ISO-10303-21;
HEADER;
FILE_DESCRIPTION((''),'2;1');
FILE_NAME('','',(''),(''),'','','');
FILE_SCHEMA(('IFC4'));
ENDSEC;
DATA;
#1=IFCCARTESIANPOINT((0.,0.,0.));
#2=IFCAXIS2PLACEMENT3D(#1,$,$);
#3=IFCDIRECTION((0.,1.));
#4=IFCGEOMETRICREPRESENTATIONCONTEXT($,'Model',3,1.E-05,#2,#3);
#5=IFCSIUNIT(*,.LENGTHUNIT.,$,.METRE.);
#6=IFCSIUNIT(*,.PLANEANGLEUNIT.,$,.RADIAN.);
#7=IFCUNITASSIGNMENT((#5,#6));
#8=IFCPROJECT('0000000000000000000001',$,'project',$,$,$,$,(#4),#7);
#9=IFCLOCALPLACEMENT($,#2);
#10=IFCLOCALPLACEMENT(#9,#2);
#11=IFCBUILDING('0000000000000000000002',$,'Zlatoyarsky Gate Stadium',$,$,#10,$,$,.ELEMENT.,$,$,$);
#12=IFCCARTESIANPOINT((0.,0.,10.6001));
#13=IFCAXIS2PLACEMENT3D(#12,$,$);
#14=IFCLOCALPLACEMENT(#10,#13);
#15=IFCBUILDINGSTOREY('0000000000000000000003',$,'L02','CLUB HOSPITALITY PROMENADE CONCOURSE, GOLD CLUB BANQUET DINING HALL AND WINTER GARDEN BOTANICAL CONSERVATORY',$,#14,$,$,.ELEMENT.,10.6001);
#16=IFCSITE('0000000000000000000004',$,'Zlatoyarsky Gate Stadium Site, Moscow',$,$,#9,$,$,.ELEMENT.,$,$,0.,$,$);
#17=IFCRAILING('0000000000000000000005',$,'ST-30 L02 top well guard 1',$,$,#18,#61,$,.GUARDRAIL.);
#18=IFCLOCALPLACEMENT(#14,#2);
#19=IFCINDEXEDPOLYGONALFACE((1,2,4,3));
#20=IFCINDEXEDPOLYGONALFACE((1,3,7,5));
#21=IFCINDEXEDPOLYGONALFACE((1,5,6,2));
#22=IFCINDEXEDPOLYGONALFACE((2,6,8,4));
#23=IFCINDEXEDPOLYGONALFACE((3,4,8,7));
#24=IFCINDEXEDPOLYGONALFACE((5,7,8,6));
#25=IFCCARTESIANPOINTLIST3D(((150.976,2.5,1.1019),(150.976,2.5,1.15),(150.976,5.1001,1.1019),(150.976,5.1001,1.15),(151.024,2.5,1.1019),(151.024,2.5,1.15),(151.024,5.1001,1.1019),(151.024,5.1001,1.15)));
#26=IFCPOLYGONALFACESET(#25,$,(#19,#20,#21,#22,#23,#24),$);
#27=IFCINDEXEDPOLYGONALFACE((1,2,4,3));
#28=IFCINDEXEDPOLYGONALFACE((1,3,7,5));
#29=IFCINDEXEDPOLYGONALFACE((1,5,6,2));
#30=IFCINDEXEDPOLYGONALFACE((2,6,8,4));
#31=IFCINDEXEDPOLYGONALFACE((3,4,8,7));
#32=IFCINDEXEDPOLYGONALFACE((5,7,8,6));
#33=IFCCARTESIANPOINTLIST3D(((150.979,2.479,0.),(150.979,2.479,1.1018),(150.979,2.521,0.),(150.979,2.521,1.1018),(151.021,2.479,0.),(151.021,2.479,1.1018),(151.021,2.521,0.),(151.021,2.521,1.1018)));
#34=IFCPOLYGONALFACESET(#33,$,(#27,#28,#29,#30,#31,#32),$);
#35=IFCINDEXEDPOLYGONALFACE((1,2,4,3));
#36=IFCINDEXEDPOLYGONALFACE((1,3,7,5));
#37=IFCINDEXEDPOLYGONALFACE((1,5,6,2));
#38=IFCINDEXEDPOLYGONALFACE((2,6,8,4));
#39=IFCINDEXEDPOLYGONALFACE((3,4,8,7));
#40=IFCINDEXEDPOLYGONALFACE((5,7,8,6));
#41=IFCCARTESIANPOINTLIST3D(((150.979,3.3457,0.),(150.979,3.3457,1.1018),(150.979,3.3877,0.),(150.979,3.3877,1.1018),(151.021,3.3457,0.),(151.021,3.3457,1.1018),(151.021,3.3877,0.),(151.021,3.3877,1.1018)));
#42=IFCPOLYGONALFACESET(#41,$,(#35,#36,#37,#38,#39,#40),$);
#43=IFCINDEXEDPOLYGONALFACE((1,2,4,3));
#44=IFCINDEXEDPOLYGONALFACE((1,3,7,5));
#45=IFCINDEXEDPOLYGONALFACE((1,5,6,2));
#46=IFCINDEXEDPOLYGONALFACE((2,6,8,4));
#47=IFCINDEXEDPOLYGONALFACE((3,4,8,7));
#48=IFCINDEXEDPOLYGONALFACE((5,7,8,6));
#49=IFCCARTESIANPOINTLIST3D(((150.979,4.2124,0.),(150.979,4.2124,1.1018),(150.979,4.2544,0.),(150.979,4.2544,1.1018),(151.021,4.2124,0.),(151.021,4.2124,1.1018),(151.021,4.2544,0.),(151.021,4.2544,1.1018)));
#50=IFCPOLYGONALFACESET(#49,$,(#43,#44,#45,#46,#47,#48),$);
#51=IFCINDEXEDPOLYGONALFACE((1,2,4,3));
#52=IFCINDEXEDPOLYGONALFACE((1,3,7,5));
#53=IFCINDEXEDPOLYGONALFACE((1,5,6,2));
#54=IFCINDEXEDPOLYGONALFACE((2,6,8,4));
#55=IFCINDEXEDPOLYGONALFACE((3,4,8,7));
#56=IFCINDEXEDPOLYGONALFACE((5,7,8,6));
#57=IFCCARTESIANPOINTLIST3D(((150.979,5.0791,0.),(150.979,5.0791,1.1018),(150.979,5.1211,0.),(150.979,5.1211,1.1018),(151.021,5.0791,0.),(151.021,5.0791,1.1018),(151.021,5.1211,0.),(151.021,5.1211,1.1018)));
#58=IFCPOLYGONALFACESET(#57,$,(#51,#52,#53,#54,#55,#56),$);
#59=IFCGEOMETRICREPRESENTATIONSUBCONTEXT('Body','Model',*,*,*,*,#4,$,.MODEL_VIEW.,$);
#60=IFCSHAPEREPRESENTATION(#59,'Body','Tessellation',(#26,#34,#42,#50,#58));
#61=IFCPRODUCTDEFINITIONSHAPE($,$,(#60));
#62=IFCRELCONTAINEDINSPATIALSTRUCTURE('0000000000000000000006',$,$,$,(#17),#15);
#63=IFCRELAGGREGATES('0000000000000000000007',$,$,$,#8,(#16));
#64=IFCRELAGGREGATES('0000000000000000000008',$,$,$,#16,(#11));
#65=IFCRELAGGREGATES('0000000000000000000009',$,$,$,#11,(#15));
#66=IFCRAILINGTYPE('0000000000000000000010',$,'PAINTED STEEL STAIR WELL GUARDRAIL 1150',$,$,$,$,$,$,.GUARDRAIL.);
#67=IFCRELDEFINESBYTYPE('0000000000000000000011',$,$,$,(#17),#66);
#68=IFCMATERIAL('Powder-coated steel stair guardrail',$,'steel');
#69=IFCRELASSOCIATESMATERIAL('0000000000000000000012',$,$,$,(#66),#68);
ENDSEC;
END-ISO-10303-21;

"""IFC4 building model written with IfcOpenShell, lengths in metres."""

from ifc_helpers import new_model, si_unit, direction, frame, origin, origin_2d, place, context, subcontext, project, spatial, rectangle, extrude, material, type_object, element, save


model = new_model("IFC4")

# Units and contexts
model_context = context("Model", 3, precision=1e-05, world=origin(), true_north=direction((0.0, 1.0)))
body_context = subcontext(model_context, "Body", "Model", "MODEL_VIEW")
ifc_project = project(units=[si_unit("LENGTHUNIT", "METRE"), si_unit("PLANEANGLEUNIT", "RADIAN")], contexts=[model_context])

# Site, building, storey
site_placement = place(None, origin())
site = spatial("IfcSite", under=ifc_project, at=site_placement, Name="Zlatoyarsky Gate Stadium Site, Moscow", CompositionType="ELEMENT", RefElevation=0.0)
building_placement = place(site_placement, origin())
building = spatial("IfcBuilding", under=site, at=building_placement, Name="Zlatoyarsky Gate Stadium", CompositionType="ELEMENT")
storey_placement = place(building_placement, frame((0.0, 0.0, 10.6001)))
storey = spatial("IfcBuildingStorey", under=building, at=storey_placement, Name="L02", Description="CLUB HOSPITALITY PROMENADE CONCOURSE, GOLD CLUB BANQUET DINING HALL AND WINTER GARDEN BOTANICAL CONSERVATORY", CompositionType="ELEMENT", Elevation=10.6001)

# Railing
ifc_material_1 = material(Name="Powder-coated steel stair guardrail", Category="steel")
railing_type = type_object("IfcRailingType", Name="PAINTED STEEL STAIR WELL GUARDRAIL 1150", PredefinedType="GUARDRAIL", material=ifc_material_1)
railing_placement = place(storey_placement, frame((151.0, 2.5, 0.0)))
element("IfcRailing", 1, at=railing_placement, inside=storey, type_object=railing_type, Name="ST-30 L02 top well guard 1", PredefinedType="GUARDRAIL", context=body_context, shape_type="SweptSolid", body=[
    extrude(rectangle(XDim=0.0481, YDim=0.0481, at=origin_2d()), frame((0.0, 0.0, 1.126), z_axis=(0.0, 1.0, 0.0), x_axis=(-1.0, 0.0, 0.0)), (0.0, 0.0, 1.0), 2.6001),
    extrude(rectangle(XDim=0.042, YDim=0.042, at=origin_2d()), origin(), (0.0, 0.0, 1.0), 1.1018),
    extrude(rectangle(XDim=0.042, YDim=0.042, at=origin_2d()), frame((0.0, 0.8667, 0.0)), (0.0, 0.0, 1.0), 1.1018),
    extrude(rectangle(XDim=0.042, YDim=0.042, at=origin_2d()), frame((0.0, 1.7334, 0.0)), (0.0, 0.0, 1.0), 1.1018),
    extrude(rectangle(XDim=0.042, YDim=0.042, at=origin_2d()), frame((0.0, 2.6001, 0.0)), (0.0, 0.0, 1.0), 1.1018),
])

save(model, "model.ifc")
